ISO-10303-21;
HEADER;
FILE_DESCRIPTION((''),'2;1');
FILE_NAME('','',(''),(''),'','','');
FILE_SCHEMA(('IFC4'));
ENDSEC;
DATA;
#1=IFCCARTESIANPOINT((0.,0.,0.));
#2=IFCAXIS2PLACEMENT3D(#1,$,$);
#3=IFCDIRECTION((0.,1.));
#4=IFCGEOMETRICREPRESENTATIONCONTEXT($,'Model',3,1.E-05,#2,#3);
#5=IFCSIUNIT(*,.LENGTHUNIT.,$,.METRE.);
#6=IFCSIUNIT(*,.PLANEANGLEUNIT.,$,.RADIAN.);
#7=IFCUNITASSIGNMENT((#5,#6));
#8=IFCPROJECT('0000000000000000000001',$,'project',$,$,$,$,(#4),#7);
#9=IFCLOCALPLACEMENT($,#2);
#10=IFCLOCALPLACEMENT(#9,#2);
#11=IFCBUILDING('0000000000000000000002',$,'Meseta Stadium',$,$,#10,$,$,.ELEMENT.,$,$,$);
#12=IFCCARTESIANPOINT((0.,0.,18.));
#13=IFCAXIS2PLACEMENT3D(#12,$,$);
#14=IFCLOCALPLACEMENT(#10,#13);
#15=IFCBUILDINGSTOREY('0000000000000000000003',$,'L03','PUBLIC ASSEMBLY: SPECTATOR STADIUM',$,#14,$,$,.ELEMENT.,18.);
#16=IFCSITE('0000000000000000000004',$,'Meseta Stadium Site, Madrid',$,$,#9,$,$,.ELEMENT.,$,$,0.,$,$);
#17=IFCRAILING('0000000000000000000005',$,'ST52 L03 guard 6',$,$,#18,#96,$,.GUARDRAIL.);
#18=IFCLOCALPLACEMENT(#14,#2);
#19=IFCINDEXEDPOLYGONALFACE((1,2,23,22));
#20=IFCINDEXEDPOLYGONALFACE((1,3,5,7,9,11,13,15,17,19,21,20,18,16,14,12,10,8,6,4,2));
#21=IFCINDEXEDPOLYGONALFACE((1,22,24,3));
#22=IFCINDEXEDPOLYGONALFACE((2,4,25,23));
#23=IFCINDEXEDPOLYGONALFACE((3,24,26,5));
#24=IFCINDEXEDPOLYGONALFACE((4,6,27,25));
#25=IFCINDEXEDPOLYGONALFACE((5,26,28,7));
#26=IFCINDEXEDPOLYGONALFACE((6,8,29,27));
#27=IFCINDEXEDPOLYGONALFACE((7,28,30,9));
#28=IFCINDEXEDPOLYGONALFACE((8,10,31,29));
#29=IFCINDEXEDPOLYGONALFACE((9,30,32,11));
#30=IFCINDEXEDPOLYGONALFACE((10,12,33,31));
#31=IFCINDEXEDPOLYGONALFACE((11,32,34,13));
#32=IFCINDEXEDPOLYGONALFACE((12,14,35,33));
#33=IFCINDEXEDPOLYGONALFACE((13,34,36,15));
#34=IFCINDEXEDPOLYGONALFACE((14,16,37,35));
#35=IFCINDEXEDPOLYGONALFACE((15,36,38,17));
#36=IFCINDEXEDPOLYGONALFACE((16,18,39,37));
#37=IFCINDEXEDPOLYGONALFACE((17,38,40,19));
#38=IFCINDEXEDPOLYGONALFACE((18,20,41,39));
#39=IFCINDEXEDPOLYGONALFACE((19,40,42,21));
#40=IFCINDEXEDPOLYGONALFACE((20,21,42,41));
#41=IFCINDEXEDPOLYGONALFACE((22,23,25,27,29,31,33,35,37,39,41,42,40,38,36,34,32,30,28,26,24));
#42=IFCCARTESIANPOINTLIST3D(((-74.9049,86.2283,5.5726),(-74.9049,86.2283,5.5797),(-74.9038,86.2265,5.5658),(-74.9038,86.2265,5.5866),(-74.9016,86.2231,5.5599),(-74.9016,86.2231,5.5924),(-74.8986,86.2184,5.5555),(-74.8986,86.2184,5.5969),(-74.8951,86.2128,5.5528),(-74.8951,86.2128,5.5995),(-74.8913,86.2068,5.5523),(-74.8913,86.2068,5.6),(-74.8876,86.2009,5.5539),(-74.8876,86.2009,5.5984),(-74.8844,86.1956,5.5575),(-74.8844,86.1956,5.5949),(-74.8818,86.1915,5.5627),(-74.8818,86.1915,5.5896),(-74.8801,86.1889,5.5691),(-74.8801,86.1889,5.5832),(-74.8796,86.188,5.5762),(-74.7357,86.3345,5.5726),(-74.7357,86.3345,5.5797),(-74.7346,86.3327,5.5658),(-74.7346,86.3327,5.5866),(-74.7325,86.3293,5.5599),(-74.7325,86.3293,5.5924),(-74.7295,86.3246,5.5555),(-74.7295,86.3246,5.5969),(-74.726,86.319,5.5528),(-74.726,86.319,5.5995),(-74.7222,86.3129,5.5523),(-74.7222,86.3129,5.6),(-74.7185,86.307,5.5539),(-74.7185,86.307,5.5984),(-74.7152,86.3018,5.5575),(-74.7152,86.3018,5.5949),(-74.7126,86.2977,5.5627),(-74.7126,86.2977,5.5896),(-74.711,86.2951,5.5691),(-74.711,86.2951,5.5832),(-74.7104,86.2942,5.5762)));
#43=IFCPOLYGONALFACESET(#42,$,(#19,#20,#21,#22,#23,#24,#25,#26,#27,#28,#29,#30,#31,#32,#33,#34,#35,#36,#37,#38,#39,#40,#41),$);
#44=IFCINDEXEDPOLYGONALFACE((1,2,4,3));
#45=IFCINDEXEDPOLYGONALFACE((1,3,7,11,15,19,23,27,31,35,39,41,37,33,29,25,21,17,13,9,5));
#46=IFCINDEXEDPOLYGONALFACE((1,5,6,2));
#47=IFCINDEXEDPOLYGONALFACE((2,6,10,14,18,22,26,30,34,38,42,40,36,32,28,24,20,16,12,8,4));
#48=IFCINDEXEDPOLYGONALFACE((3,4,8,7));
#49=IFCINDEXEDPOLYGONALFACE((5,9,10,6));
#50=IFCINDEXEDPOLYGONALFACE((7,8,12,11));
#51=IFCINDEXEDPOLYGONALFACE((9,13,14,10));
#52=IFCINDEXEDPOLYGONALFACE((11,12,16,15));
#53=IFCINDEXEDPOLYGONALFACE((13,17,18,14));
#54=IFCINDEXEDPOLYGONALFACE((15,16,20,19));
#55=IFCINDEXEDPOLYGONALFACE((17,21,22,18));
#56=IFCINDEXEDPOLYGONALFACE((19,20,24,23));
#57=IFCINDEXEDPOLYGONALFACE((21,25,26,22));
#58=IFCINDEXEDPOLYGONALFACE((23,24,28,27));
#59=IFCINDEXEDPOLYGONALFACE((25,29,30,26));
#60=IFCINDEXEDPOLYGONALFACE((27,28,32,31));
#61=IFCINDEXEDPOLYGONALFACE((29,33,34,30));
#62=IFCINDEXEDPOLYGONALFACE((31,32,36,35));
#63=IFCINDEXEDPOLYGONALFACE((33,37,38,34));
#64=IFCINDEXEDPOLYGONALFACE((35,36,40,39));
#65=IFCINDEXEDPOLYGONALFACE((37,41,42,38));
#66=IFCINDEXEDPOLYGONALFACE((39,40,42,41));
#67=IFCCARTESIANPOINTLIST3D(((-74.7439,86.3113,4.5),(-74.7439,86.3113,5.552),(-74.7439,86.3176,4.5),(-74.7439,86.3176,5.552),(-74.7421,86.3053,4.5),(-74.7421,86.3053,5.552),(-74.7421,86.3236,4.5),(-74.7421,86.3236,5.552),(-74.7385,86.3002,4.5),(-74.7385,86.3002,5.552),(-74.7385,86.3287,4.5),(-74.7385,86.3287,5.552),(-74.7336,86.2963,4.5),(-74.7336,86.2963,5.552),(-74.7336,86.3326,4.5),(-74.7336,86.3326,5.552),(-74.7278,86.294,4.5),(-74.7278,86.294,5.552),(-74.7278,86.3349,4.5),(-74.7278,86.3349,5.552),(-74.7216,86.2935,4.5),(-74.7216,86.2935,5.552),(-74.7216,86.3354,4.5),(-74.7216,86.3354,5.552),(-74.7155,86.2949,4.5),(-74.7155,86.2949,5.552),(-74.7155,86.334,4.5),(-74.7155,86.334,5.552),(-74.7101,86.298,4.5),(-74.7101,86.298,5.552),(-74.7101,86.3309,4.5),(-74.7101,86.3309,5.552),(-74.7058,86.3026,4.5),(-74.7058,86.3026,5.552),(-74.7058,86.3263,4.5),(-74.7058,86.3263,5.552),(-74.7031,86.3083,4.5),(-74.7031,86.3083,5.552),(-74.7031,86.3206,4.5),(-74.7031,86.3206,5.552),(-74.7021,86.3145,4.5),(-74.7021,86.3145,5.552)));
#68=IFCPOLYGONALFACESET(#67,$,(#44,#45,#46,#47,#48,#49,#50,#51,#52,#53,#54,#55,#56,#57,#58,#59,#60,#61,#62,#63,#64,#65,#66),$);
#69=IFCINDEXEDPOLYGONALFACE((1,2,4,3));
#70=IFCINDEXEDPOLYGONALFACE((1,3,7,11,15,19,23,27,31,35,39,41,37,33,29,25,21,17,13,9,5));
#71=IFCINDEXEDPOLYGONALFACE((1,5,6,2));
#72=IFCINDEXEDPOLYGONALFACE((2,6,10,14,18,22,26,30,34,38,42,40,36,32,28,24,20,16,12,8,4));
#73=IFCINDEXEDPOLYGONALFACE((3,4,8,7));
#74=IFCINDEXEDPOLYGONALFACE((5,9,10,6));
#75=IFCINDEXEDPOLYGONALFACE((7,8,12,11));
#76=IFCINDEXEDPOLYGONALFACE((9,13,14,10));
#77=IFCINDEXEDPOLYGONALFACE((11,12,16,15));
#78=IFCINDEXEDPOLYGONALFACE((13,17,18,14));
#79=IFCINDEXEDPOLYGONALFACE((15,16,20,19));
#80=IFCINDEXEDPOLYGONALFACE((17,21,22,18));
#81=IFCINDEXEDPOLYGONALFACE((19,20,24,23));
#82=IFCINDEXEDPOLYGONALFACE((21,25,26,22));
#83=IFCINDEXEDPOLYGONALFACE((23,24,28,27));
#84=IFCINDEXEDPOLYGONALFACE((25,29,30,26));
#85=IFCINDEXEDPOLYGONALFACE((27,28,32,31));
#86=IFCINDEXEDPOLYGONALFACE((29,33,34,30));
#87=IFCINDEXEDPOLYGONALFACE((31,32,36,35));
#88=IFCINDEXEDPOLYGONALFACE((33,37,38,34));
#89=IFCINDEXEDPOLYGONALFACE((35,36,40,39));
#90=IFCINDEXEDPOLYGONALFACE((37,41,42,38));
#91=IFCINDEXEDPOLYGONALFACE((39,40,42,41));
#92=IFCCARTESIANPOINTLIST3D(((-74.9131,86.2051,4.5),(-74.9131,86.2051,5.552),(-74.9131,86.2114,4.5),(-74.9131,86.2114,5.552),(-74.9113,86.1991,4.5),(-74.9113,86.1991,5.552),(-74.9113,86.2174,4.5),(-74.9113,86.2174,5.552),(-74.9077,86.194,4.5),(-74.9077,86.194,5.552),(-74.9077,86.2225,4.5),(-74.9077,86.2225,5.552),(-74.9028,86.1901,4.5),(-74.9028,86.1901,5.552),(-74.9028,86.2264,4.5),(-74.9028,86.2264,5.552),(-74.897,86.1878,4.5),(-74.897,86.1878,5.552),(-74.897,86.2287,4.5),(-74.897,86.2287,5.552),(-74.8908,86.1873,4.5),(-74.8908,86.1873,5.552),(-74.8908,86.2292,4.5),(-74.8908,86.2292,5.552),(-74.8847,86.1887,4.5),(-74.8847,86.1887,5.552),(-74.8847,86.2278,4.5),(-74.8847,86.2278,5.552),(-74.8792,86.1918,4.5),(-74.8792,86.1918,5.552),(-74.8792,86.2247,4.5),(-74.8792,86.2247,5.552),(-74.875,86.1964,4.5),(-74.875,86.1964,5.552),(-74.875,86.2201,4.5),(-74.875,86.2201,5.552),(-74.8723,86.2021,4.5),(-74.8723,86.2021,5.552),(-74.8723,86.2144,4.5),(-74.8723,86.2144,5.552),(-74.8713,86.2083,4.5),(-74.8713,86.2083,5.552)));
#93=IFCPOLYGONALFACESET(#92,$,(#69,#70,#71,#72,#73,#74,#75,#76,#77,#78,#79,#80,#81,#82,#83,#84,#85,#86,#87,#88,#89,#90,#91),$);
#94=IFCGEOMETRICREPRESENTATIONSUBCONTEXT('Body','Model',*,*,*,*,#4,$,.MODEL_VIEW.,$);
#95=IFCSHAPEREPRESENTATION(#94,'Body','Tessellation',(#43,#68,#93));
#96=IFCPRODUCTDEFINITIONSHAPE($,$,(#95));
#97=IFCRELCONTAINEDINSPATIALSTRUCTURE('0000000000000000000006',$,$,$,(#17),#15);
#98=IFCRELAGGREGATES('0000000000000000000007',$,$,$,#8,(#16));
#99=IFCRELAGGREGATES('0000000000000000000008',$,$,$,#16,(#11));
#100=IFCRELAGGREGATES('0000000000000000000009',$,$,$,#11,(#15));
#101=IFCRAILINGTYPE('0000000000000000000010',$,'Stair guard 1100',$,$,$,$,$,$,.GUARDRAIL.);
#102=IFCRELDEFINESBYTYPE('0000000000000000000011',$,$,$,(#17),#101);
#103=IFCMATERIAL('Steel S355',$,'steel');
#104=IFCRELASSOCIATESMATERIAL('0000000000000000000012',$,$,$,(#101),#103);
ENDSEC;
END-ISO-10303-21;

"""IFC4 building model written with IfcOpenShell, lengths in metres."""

from ifc_helpers import new_model, si_unit, direction, frame, origin, origin_2d, place, context, subcontext, project, spatial, circle, extrude, material, type_object, element, save


model = new_model("IFC4")

# Units and contexts
model_context = context("Model", 3, precision=1e-05, world=origin(), true_north=direction((0.0, 1.0)))
body_context = subcontext(model_context, "Body", "Model", "MODEL_VIEW")
ifc_project = project(units=[si_unit("LENGTHUNIT", "METRE"), si_unit("PLANEANGLEUNIT", "RADIAN")], contexts=[model_context])

# Site, building, storey
site_placement = place(None, origin())
site = spatial("IfcSite", under=ifc_project, at=site_placement, Name="Meseta Stadium Site, Madrid", CompositionType="ELEMENT", RefElevation=0.0)
building_placement = place(site_placement, origin())
building = spatial("IfcBuilding", under=site, at=building_placement, Name="Meseta Stadium", CompositionType="ELEMENT")
storey_placement = place(building_placement, frame((0.0, 0.0, 18.0)))
storey = spatial("IfcBuildingStorey", under=building, at=storey_placement, Name="L03", Description="PUBLIC ASSEMBLY: SPECTATOR STADIUM", CompositionType="ELEMENT", Elevation=18.0)

# Railing
ifc_material_1 = material(Name="Steel S355", Category="steel")
railing_type_1 = type_object("IfcRailingType", Name="Stair guard 1100", PredefinedType="GUARDRAIL", material=ifc_material_1)
railing_1_placement = place(storey_placement, frame((-74.7231, 86.3145, 4.5)))
element("IfcRailing", 1, at=railing_1_placement, inside=storey, type_object=railing_type_1, Name="ST52 L03 guard 6", PredefinedType="GUARDRAIL", context=body_context, shape_type="SweptSolid", body=[
    extrude(circle(Radius=0.0239, at=origin_2d()), frame((0.0, 0.0, 1.0762), z_axis=(-0.846967, -0.531646, 0.0), x_axis=(0.531646, -0.846967, 0.0)), (0.0, 0.0, 1.0), 0.1997),
    extrude(circle(Radius=0.021, at=origin_2d()), origin(), (0.0, 0.0, 1.0), 1.052),
    extrude(circle(Radius=0.021, at=origin_2d()), frame((-0.1692, -0.1062, 0.0)), (0.0, 0.0, 1.0), 1.052),
])

save(model, "model.ifc")
